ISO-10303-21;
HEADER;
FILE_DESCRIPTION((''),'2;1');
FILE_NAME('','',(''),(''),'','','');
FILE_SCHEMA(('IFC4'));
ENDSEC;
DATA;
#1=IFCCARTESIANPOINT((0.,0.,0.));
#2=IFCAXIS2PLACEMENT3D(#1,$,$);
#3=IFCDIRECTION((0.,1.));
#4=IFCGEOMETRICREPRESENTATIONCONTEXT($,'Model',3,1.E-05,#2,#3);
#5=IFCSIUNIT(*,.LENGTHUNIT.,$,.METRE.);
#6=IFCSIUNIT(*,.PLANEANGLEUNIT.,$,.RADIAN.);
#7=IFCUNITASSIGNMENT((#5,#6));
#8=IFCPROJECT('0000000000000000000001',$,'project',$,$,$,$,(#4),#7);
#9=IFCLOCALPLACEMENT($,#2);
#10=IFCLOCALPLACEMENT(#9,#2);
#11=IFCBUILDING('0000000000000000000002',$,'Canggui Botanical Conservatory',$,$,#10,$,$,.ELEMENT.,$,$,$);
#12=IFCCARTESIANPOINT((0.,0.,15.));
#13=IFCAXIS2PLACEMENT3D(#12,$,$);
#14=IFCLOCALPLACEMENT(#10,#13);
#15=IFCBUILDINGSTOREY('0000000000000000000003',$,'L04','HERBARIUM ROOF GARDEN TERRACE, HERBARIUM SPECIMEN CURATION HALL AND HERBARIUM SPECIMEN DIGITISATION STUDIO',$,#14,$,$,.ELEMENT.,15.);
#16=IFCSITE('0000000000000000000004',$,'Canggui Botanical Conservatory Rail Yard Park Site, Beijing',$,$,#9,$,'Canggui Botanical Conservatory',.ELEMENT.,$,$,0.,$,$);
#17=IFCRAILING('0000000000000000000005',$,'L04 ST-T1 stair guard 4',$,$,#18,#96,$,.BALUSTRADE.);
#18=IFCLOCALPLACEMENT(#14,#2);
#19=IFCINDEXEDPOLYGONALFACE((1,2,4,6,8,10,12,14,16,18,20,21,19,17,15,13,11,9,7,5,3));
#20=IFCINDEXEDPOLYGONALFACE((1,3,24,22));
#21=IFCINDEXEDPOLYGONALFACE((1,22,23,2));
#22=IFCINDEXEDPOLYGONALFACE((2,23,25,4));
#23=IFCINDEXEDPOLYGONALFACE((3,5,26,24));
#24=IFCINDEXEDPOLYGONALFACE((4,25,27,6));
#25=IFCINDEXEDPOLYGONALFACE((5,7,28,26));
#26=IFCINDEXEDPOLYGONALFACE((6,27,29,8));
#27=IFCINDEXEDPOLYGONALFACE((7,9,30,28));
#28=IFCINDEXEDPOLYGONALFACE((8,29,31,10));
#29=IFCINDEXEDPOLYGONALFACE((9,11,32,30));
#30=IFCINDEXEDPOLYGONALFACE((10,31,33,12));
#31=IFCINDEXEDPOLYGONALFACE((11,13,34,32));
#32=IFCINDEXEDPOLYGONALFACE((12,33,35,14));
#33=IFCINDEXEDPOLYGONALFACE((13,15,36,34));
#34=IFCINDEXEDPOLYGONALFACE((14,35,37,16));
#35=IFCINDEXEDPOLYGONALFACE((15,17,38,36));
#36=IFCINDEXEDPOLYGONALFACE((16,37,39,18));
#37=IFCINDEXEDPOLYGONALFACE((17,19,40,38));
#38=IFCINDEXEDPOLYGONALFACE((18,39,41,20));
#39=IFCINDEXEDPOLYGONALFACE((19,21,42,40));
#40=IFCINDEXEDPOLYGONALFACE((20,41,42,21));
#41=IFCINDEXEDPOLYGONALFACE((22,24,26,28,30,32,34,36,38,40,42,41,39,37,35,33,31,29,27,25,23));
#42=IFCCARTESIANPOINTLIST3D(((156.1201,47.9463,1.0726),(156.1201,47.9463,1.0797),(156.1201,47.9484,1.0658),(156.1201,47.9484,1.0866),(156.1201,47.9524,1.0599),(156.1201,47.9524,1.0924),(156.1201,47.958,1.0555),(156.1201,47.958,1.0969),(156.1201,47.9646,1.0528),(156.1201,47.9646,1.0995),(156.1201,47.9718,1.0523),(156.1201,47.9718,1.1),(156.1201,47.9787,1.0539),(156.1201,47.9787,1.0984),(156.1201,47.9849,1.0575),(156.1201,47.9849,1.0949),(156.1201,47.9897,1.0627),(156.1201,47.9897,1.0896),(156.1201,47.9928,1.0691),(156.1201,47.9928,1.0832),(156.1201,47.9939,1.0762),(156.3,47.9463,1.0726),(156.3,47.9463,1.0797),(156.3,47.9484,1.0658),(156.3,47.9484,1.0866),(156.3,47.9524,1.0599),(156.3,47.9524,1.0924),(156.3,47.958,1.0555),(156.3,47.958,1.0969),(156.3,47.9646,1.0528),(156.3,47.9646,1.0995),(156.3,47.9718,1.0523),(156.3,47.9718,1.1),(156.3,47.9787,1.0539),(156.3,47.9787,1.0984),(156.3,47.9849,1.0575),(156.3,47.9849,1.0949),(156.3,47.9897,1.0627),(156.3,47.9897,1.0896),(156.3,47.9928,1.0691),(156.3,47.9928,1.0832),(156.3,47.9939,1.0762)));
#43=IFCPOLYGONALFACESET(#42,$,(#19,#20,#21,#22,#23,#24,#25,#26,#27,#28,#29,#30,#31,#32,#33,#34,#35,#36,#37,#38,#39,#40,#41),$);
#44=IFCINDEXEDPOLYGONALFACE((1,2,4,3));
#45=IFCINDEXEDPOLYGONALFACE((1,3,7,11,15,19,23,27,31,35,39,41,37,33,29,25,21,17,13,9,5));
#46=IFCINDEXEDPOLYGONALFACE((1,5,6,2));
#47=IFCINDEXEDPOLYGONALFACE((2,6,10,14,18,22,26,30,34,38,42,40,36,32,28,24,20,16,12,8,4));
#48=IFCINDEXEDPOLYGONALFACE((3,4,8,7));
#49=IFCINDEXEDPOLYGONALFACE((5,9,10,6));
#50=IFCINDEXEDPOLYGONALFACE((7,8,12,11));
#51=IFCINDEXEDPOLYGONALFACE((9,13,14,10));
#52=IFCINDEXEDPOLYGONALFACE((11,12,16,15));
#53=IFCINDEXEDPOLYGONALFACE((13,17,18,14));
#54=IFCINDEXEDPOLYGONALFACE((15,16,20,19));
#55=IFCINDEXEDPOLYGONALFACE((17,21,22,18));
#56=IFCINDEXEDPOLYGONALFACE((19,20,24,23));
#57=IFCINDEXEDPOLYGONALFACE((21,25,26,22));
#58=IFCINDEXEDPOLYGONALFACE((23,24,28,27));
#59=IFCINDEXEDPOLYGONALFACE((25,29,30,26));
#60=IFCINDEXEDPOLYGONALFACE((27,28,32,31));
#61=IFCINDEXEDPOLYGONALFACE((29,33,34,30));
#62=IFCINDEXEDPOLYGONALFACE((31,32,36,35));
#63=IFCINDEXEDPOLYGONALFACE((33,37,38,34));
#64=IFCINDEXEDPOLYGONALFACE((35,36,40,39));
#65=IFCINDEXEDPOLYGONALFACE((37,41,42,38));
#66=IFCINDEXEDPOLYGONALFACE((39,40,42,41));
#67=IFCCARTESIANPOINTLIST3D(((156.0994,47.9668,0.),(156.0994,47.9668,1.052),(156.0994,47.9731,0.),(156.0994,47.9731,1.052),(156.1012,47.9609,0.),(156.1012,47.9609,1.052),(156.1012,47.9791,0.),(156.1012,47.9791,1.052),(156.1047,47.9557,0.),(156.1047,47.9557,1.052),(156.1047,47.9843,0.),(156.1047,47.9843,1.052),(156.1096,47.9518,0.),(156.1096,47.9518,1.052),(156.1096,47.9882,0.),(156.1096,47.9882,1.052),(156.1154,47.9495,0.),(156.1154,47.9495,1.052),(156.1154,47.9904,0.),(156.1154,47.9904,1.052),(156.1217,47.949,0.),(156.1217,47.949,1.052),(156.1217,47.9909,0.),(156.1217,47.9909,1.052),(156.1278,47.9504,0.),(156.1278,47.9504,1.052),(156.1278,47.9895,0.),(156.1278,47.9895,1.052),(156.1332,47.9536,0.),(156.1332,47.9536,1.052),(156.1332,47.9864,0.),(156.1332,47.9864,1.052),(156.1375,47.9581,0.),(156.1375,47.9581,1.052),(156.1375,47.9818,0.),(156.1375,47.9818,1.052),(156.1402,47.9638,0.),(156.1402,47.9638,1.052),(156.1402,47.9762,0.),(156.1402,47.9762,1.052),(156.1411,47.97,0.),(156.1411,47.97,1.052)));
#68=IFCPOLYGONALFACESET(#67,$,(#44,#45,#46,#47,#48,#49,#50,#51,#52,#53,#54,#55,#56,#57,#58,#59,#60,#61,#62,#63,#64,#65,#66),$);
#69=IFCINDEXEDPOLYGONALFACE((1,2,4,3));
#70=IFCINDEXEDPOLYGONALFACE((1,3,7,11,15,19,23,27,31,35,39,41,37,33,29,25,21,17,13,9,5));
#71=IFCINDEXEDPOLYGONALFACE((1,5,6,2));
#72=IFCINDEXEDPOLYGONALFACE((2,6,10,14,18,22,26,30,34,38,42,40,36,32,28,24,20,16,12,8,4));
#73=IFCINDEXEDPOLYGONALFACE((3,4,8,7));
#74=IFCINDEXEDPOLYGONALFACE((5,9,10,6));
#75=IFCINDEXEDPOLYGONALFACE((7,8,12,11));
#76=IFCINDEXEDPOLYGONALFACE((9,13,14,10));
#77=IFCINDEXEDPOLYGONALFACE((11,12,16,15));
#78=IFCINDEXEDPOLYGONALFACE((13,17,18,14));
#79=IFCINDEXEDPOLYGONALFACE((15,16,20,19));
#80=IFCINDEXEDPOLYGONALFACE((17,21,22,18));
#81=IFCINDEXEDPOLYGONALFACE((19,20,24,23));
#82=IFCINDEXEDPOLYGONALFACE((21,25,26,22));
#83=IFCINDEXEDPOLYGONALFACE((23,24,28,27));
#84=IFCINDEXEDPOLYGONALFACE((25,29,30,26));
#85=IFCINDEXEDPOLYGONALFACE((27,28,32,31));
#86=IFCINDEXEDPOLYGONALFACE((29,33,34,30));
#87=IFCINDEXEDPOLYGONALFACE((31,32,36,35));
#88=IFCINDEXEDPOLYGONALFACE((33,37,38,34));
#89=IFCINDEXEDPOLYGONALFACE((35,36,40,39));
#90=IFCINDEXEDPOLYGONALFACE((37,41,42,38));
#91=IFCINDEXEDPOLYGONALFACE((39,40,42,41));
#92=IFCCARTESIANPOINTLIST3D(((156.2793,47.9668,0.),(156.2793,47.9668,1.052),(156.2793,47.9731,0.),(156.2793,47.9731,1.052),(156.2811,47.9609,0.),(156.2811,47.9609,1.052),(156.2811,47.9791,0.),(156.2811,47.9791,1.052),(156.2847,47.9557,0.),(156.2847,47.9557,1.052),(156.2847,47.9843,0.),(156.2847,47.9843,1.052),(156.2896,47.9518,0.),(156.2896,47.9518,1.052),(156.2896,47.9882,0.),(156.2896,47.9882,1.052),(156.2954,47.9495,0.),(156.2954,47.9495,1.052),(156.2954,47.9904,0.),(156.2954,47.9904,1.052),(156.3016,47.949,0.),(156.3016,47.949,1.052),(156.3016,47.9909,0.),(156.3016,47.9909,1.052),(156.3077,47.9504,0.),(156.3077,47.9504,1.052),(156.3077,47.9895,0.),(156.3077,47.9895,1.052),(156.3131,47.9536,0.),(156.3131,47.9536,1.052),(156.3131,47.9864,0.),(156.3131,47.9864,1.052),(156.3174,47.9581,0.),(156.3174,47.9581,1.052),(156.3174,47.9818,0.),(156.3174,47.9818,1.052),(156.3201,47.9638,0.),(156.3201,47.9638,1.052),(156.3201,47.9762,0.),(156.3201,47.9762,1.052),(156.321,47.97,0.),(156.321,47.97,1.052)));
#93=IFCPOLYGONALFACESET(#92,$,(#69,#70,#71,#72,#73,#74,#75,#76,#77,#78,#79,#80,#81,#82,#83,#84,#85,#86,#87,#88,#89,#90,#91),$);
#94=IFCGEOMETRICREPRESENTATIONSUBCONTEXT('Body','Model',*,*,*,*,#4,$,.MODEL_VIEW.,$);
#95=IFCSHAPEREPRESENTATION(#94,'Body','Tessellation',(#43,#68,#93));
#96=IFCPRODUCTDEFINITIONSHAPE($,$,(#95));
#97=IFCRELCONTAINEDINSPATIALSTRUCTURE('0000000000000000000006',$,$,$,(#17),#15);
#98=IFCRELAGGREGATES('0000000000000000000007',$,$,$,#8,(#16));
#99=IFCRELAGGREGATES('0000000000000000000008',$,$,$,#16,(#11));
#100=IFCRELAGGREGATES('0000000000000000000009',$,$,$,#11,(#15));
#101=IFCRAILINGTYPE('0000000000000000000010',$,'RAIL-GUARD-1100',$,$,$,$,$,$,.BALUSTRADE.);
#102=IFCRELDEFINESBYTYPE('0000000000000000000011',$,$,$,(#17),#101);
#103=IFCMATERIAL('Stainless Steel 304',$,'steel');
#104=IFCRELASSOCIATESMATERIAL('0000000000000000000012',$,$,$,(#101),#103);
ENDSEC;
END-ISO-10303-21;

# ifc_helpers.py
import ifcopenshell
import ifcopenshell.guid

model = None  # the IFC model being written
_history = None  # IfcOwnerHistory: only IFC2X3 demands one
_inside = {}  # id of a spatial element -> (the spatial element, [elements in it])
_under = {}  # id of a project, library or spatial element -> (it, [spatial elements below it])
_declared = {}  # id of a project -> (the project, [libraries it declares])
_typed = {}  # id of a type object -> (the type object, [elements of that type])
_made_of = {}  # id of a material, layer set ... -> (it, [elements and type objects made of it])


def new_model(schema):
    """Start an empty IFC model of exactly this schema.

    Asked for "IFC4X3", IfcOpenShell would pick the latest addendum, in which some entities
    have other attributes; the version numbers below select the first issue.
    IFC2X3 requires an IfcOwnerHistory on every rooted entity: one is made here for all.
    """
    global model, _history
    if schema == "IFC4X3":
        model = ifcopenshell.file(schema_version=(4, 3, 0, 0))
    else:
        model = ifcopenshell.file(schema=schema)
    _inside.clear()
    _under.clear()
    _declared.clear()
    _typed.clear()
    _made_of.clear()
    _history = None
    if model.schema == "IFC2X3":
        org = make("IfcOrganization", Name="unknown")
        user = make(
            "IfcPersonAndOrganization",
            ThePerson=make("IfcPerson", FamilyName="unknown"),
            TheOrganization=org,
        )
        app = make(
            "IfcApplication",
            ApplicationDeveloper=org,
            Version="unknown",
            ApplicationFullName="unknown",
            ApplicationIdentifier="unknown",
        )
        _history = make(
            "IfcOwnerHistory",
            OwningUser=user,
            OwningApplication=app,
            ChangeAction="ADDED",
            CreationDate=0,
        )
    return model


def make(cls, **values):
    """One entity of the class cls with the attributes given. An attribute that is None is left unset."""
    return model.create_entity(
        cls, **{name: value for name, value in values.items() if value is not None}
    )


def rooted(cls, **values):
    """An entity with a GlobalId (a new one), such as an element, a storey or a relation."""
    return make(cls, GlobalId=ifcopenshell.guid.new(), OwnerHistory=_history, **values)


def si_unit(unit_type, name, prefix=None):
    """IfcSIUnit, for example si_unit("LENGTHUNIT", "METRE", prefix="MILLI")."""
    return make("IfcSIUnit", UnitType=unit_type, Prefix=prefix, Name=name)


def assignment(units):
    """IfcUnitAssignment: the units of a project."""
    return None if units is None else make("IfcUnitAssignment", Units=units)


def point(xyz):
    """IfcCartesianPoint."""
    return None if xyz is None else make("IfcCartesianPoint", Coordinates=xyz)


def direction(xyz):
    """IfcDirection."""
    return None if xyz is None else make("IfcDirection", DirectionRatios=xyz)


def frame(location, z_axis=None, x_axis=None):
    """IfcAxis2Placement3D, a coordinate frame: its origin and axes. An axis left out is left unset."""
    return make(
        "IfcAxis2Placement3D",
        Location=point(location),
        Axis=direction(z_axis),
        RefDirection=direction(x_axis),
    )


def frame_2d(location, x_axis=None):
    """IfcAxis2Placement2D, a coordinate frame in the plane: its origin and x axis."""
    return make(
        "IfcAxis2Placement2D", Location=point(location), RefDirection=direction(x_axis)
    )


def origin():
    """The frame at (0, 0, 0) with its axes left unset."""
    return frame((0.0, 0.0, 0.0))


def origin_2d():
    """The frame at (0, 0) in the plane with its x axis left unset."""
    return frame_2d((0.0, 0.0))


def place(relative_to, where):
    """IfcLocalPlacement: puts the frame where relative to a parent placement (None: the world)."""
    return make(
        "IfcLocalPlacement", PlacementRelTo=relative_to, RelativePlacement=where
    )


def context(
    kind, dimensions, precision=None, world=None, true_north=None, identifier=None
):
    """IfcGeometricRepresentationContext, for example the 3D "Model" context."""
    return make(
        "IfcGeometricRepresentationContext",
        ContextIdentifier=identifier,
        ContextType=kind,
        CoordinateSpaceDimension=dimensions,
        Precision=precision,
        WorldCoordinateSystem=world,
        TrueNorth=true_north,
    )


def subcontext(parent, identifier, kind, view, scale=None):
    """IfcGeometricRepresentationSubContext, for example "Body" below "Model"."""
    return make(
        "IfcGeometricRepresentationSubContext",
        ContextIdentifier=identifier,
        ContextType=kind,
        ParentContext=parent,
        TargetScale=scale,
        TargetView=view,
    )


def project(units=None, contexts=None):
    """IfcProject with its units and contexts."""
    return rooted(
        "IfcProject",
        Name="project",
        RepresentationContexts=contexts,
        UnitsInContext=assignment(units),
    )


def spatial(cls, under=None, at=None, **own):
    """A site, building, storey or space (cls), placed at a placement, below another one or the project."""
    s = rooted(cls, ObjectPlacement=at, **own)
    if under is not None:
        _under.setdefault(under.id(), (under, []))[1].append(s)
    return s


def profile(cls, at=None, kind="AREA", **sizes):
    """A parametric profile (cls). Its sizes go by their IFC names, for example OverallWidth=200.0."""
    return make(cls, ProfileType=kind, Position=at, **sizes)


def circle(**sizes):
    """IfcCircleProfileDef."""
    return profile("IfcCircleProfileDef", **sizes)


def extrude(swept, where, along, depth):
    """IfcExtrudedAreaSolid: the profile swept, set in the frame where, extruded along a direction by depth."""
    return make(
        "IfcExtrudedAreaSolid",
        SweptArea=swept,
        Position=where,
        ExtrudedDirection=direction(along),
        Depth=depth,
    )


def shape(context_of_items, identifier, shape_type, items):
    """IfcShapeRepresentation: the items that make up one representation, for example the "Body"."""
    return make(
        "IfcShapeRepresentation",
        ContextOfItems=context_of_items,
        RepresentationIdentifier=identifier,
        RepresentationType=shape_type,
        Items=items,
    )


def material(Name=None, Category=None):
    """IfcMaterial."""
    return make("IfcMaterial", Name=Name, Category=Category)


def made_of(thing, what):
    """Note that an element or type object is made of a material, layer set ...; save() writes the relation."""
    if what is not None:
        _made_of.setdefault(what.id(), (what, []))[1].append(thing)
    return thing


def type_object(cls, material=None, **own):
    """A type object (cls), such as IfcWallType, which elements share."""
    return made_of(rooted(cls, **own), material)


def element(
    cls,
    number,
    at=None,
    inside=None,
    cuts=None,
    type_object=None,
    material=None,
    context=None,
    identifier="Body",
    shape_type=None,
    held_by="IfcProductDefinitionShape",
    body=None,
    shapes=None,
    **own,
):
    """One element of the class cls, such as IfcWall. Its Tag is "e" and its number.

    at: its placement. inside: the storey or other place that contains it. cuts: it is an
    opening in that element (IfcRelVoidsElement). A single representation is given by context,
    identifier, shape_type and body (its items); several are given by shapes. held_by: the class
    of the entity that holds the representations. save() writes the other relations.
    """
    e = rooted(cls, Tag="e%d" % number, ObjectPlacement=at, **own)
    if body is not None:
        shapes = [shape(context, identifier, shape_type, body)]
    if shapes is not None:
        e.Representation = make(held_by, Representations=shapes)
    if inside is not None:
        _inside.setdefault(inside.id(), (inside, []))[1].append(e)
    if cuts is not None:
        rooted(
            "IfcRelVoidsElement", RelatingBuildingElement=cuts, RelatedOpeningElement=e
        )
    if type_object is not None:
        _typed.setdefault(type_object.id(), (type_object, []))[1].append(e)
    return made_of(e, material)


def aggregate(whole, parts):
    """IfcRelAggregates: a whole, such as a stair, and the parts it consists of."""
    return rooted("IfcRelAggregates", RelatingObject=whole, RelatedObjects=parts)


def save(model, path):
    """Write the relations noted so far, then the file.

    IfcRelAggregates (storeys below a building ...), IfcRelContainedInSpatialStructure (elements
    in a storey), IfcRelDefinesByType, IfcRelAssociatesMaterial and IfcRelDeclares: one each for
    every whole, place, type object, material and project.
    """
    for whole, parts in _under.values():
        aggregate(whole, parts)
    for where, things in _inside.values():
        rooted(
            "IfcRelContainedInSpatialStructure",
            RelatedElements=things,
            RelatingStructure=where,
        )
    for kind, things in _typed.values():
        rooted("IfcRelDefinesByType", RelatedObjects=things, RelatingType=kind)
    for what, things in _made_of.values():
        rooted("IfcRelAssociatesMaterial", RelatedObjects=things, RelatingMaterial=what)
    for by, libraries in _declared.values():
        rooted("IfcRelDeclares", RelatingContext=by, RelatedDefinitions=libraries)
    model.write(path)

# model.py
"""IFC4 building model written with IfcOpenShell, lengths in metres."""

from ifc_helpers import new_model, si_unit, direction, frame, origin, origin_2d, place, context, subcontext, project, spatial, circle, extrude, material, type_object, element, save


model = new_model("IFC4")

# Units and contexts
model_context = context("Model", 3, precision=1e-05, world=origin(), true_north=direction((0.0, 1.0)))
body_context = subcontext(model_context, "Body", "Model", "MODEL_VIEW")
ifc_project = project(units=[si_unit("LENGTHUNIT", "METRE"), si_unit("PLANEANGLEUNIT", "RADIAN")], contexts=[model_context])

# Site, building, storey
site_placement = place(None, origin())
site = spatial("IfcSite", under=ifc_project, at=site_placement, Name="Canggui Botanical Conservatory Rail Yard Park Site, Beijing", LongName="Canggui Botanical Conservatory", CompositionType="ELEMENT", RefElevation=0.0)
building_placement = place(site_placement, origin())
building = spatial("IfcBuilding", under=site, at=building_placement, Name="Canggui Botanical Conservatory", CompositionType="ELEMENT")
storey_placement = place(building_placement, frame((0.0, 0.0, 15.0)))
storey = spatial("IfcBuildingStorey", under=building, at=storey_placement, Name="L04", Description="HERBARIUM ROOF GARDEN TERRACE, HERBARIUM SPECIMEN CURATION HALL AND HERBARIUM SPECIMEN DIGITISATION STUDIO", CompositionType="ELEMENT", Elevation=15.0)

# Shared definitions
ifc_material_1 = material(Name="Stainless Steel 304", Category="steel")

# Railing
railing_type_1 = type_object("IfcRailingType", Name="RAIL-GUARD-1100", PredefinedType="BALUSTRADE", material=ifc_material_1)
railing_1_placement = place(storey_placement, frame((156.1201, 47.97, 0.0)))
element("IfcRailing", 1, at=railing_1_placement, inside=storey, type_object=railing_type_1, Name="L04 ST-T1 stair guard 4", PredefinedType="BALUSTRADE", context=body_context, shape_type="SweptSolid", body=[
    extrude(circle(Radius=0.0239, at=origin_2d()), frame((0.0, 0.0, 1.0762), z_axis=(1.0, 0.0, 0.0), x_axis=(0.0, 1.0, 0.0)), (0.0, 0.0, 1.0), 0.1799),
    extrude(circle(Radius=0.021, at=origin_2d()), origin(), (0.0, 0.0, 1.0), 1.052),
    extrude(circle(Radius=0.021, at=origin_2d()), frame((0.1799, 0.0, 0.0)), (0.0, 0.0, 1.0), 1.052),
])

save(model, "model.ifc")
